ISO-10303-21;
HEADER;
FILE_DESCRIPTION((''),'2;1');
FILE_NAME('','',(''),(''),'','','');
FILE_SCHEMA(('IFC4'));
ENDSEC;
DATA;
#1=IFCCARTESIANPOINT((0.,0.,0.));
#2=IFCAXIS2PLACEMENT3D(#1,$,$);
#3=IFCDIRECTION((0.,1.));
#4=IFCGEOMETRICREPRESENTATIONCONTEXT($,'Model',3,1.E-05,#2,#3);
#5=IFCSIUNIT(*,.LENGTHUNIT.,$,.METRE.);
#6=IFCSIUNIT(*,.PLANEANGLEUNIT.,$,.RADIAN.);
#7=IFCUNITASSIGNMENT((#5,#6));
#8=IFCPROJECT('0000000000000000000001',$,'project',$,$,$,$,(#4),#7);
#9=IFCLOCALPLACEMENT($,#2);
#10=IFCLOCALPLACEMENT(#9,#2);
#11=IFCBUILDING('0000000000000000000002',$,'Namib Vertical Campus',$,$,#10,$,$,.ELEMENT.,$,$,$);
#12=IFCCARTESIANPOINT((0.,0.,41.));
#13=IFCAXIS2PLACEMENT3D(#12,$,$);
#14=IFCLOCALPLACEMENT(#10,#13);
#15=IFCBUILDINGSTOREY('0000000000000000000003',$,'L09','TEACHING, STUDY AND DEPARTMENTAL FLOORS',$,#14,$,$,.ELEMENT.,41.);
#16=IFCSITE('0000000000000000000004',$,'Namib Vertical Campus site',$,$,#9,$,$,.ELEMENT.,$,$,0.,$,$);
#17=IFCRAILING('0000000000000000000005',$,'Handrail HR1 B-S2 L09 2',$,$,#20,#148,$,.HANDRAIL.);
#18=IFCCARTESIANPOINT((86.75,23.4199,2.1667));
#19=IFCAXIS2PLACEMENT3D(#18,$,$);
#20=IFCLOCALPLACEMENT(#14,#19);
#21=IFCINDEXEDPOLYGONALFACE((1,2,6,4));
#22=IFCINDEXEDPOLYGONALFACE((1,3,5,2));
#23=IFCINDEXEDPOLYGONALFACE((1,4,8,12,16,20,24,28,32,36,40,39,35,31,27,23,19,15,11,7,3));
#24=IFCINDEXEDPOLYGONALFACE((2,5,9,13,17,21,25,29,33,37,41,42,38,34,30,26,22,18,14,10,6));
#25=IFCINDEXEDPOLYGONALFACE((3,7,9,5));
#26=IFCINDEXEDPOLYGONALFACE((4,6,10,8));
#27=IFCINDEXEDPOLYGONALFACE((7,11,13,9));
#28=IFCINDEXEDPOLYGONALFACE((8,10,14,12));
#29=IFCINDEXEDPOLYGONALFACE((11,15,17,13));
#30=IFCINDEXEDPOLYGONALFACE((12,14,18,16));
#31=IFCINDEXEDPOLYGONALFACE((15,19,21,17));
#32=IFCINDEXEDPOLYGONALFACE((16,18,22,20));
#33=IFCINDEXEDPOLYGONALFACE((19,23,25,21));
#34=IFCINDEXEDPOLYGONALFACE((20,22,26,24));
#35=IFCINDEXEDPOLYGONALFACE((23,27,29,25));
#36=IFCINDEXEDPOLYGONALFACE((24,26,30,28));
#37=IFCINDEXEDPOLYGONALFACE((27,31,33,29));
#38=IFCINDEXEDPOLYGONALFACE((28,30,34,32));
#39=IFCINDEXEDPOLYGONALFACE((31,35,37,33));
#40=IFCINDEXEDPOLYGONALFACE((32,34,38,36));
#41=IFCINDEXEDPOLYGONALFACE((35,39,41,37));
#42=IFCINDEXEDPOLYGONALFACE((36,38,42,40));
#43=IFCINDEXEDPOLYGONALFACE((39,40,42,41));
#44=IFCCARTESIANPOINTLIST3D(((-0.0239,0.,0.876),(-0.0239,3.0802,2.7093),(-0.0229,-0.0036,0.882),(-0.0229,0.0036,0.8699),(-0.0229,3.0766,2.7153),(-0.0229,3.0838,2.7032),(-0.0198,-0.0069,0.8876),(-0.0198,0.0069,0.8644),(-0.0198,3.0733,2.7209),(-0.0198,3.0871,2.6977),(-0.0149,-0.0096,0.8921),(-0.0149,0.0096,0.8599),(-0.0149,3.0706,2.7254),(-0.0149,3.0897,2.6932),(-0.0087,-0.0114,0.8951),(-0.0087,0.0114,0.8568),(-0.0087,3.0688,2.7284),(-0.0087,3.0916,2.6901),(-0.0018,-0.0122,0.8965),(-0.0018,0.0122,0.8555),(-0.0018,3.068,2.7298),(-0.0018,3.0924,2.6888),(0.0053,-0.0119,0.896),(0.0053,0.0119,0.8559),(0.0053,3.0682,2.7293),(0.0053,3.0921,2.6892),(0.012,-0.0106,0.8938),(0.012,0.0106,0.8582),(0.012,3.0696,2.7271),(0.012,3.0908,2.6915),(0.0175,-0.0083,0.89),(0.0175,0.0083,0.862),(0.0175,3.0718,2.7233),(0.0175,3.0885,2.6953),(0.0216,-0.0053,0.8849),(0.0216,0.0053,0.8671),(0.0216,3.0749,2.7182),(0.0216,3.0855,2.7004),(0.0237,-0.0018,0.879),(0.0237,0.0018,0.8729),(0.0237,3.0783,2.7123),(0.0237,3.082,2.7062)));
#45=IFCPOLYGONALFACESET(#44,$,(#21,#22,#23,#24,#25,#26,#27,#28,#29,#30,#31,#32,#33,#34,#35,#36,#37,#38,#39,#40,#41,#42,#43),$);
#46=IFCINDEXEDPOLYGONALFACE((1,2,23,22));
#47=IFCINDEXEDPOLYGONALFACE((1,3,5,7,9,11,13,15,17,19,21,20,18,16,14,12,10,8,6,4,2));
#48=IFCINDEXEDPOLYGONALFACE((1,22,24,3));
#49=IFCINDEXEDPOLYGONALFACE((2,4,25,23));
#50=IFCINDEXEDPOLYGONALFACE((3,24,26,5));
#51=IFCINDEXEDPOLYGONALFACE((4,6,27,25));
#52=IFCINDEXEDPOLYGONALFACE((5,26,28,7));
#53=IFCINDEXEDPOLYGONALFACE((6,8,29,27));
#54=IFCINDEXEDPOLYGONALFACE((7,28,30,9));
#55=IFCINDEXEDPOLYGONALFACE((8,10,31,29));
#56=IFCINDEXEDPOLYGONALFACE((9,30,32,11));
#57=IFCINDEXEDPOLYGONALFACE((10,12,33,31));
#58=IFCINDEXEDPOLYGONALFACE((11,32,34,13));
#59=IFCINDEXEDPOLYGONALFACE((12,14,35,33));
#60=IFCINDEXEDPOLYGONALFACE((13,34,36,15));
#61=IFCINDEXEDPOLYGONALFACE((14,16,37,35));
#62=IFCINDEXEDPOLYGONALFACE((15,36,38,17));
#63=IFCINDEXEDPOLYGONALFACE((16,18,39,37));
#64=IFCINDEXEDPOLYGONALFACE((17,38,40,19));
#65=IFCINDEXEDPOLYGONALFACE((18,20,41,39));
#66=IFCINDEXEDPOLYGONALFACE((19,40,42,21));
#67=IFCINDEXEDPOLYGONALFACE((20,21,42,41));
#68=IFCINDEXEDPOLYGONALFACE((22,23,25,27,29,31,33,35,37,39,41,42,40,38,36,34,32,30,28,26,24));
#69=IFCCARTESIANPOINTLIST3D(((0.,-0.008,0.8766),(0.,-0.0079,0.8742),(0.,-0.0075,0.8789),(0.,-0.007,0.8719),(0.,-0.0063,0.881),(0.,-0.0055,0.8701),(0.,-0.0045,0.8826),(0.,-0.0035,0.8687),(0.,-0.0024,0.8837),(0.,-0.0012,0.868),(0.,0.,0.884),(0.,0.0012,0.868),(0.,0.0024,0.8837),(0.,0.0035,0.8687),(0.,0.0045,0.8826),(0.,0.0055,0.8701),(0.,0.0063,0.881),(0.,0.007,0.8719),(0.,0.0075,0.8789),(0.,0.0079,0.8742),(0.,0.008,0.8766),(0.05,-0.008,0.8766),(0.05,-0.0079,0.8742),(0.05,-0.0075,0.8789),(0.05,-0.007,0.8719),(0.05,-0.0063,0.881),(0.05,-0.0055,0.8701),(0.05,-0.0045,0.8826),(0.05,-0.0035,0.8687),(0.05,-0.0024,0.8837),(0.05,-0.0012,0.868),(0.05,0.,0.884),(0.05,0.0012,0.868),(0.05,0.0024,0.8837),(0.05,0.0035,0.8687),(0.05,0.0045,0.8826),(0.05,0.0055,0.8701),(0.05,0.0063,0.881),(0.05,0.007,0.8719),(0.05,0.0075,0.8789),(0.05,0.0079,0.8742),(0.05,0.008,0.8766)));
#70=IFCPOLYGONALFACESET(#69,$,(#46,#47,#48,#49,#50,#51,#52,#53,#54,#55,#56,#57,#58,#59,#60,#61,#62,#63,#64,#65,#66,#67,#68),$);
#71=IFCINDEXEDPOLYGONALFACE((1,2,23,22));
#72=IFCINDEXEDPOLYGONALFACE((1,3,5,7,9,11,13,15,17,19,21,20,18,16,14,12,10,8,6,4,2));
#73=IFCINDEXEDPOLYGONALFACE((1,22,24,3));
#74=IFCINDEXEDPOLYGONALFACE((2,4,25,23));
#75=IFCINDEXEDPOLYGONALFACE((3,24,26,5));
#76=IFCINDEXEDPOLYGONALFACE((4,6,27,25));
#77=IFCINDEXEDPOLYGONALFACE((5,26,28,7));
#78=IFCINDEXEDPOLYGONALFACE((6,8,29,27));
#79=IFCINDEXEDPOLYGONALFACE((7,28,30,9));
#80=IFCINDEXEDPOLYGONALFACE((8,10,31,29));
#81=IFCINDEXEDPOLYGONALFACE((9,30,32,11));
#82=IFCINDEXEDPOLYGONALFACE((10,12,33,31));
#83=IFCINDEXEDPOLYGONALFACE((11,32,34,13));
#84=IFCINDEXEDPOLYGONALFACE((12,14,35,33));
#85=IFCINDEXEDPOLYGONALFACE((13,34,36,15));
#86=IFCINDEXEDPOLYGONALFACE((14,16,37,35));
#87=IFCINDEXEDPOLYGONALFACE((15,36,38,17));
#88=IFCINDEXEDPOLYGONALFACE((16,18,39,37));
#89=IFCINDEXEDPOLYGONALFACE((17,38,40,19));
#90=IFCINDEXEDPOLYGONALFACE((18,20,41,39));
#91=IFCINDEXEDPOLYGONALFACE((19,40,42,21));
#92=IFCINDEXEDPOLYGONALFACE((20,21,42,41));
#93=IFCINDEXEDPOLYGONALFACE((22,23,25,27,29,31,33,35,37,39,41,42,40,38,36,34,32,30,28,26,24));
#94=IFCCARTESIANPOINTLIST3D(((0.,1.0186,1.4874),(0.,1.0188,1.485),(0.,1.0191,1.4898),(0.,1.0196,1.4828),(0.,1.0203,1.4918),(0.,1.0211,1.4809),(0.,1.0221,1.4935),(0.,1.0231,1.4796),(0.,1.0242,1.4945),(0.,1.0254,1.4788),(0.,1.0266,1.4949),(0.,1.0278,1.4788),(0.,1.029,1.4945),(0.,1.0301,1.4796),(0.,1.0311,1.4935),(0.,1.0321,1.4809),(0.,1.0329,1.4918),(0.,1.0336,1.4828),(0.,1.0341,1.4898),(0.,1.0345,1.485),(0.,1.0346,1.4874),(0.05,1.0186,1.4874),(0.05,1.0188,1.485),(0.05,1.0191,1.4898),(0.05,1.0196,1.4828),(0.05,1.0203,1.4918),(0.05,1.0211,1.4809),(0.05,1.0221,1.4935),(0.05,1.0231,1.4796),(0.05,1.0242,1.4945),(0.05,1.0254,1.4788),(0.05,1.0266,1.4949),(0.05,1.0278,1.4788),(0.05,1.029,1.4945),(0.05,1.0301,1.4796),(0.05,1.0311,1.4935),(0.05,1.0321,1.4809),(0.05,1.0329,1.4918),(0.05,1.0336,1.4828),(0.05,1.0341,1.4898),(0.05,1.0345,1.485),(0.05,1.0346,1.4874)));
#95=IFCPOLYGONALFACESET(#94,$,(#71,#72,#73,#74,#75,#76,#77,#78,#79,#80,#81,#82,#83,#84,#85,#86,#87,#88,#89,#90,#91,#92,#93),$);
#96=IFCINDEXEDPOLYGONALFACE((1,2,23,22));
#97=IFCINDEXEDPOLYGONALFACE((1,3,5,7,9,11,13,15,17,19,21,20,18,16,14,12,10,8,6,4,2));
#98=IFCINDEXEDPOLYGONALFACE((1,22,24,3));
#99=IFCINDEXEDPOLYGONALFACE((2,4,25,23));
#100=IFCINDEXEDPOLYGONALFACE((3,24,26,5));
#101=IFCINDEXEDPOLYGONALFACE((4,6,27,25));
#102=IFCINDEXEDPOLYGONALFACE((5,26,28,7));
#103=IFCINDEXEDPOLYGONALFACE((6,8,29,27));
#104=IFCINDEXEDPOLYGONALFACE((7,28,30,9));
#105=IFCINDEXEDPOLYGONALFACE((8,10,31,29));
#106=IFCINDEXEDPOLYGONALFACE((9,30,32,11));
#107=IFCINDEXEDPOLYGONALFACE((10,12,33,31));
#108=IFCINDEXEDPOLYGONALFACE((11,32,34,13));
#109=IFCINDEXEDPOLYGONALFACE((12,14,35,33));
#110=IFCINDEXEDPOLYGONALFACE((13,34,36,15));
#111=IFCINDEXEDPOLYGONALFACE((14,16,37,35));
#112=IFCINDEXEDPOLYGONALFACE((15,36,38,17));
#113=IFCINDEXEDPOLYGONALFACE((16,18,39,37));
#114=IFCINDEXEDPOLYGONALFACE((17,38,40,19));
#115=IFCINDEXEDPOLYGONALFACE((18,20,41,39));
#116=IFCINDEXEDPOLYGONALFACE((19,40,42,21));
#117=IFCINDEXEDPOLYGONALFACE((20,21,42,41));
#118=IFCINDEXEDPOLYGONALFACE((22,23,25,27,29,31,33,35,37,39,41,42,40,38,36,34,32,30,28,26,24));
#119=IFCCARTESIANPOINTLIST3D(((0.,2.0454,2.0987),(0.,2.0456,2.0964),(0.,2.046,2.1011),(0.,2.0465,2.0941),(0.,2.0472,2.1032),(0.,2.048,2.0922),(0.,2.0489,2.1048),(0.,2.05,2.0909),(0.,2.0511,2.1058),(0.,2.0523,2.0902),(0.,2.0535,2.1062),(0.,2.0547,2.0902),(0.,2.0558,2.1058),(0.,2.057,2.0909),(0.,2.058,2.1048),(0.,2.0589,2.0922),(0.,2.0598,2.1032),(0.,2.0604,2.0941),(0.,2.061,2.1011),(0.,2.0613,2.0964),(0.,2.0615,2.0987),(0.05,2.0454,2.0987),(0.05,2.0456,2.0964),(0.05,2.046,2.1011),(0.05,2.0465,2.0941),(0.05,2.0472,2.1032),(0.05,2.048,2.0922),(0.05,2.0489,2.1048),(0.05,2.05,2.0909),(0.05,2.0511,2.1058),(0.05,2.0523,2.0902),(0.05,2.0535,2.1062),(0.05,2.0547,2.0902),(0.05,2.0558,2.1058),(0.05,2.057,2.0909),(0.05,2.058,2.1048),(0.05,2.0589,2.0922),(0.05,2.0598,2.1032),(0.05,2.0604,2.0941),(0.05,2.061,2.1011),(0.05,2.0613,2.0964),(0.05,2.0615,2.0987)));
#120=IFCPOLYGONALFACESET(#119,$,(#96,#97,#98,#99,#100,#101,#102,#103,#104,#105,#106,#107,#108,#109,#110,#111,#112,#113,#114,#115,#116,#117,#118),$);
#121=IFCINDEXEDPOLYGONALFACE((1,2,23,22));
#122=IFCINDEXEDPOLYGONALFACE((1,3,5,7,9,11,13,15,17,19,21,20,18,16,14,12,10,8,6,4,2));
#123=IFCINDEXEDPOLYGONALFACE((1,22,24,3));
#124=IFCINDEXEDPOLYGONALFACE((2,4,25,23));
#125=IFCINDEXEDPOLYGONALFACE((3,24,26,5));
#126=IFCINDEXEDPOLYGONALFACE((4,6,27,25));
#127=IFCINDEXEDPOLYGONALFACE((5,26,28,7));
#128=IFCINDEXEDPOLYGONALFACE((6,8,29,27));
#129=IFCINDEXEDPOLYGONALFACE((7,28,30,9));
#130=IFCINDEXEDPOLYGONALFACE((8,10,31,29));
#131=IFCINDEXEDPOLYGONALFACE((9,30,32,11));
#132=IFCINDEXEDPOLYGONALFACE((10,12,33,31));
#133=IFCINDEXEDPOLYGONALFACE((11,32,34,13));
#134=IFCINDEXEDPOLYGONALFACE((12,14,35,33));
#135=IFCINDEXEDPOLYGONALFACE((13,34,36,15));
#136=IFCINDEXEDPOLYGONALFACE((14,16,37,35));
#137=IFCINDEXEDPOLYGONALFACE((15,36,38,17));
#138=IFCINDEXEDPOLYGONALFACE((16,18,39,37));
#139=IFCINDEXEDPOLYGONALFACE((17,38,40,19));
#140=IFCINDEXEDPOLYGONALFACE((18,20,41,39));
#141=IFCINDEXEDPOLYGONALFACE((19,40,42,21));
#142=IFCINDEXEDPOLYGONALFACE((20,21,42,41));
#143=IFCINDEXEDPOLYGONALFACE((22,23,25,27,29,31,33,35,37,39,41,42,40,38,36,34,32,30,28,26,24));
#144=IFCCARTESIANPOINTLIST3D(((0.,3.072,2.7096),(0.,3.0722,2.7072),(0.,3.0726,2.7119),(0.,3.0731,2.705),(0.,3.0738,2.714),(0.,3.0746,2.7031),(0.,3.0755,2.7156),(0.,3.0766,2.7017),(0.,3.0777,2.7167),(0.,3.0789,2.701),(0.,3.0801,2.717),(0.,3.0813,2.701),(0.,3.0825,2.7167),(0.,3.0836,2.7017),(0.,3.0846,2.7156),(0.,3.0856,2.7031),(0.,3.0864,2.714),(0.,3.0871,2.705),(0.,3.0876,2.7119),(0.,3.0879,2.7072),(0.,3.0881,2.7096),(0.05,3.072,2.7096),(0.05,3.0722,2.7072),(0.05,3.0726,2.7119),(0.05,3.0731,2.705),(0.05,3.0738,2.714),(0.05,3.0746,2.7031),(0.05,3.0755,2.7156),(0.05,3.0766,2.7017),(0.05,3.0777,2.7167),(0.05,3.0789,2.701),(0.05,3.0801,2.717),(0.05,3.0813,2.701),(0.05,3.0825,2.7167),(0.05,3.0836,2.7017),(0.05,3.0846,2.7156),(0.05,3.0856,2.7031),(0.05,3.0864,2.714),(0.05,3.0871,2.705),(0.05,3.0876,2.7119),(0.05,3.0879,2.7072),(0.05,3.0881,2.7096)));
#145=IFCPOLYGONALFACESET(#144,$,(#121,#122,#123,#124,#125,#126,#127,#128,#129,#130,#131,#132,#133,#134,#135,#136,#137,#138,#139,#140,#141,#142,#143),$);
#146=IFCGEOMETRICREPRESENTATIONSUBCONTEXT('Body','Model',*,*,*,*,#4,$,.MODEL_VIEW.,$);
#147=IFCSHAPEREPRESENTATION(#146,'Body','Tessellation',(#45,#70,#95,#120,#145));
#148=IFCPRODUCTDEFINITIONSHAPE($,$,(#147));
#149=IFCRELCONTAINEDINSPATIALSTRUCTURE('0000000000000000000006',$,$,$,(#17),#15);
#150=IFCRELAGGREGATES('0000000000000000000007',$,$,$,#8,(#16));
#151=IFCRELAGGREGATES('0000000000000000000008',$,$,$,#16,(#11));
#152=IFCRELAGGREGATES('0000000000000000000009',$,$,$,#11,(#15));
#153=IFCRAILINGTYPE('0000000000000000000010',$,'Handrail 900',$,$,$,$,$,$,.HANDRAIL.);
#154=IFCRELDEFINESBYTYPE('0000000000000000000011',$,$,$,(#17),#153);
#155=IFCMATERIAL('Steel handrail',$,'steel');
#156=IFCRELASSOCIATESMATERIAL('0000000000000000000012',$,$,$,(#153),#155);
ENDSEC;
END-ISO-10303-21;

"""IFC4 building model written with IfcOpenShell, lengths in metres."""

from ifc_helpers import new_model, si_unit, direction, frame, origin, origin_2d, place, context, subcontext, project, spatial, circle, extrude, material, type_object, element, save


model = new_model("IFC4")

# Units and contexts
model_context = context("Model", 3, precision=1e-05, world=origin(), true_north=direction((0.0, 1.0)))
body_context = subcontext(model_context, "Body", "Model", "MODEL_VIEW")
ifc_project = project(units=[si_unit("LENGTHUNIT", "METRE"), si_unit("PLANEANGLEUNIT", "RADIAN")], contexts=[model_context])

# Site, building, storey
site_placement = place(None, origin())
site = spatial("IfcSite", under=ifc_project, at=site_placement, Name="Namib Vertical Campus site", CompositionType="ELEMENT", RefElevation=0.0)
building_placement = place(site_placement, origin())
building = spatial("IfcBuilding", under=site, at=building_placement, Name="Namib Vertical Campus", CompositionType="ELEMENT")
storey_placement = place(building_placement, frame((0.0, 0.0, 41.0)))
storey = spatial("IfcBuildingStorey", under=building, at=storey_placement, Name="L09", Description="TEACHING, STUDY AND DEPARTMENTAL FLOORS", CompositionType="ELEMENT", Elevation=41.0)

# Railing
ifc_material_1 = material(Name="Steel handrail", Category="steel")
railing_type_1 = type_object("IfcRailingType", Name="Handrail 900", PredefinedType="HANDRAIL", material=ifc_material_1)
railing_1_placement = place(storey_placement, frame((86.75, 23.4199, 2.1667)))
element("IfcRailing", 1, at=railing_1_placement, inside=storey, type_object=railing_type_1, Name="Handrail HR1 B-S2 L09 2", PredefinedType="HANDRAIL", context=body_context, shape_type="SweptSolid", body=[
    extrude(circle(Radius=0.0239, at=origin_2d()), frame((0.0, 0.0, 0.876), z_axis=(0.0, 0.859309, 0.511458), x_axis=(-1.0, 0.0, 0.0)), (0.0, 0.0, 1.0), 3.5845),
    extrude(circle(Radius=0.0081, at=origin_2d()), frame((0.0, 0.0, 0.876), z_axis=(1.0, 0.0, 0.0), x_axis=(0.0, 0.0, 1.0)), (0.0, 0.0, 1.0), 0.05),
    extrude(circle(Radius=0.0081, at=origin_2d()), frame((0.0, 1.0266, 1.4868), z_axis=(1.0, 0.0, 0.0), x_axis=(0.0, 0.0, 1.0)), (0.0, 0.0, 1.0), 0.05),
    extrude(circle(Radius=0.0081, at=origin_2d()), frame((0.0, 2.0535, 2.0981), z_axis=(1.0, 0.0, 0.0), x_axis=(0.0, 0.0, 1.0)), (0.0, 0.0, 1.0), 0.05),
    extrude(circle(Radius=0.0081, at=origin_2d()), frame((0.0, 3.0801, 2.709), z_axis=(1.0, 0.0, 0.0), x_axis=(0.0, 0.0, 1.0)), (0.0, 0.0, 1.0), 0.05),
])

save(model, "model.ifc")
